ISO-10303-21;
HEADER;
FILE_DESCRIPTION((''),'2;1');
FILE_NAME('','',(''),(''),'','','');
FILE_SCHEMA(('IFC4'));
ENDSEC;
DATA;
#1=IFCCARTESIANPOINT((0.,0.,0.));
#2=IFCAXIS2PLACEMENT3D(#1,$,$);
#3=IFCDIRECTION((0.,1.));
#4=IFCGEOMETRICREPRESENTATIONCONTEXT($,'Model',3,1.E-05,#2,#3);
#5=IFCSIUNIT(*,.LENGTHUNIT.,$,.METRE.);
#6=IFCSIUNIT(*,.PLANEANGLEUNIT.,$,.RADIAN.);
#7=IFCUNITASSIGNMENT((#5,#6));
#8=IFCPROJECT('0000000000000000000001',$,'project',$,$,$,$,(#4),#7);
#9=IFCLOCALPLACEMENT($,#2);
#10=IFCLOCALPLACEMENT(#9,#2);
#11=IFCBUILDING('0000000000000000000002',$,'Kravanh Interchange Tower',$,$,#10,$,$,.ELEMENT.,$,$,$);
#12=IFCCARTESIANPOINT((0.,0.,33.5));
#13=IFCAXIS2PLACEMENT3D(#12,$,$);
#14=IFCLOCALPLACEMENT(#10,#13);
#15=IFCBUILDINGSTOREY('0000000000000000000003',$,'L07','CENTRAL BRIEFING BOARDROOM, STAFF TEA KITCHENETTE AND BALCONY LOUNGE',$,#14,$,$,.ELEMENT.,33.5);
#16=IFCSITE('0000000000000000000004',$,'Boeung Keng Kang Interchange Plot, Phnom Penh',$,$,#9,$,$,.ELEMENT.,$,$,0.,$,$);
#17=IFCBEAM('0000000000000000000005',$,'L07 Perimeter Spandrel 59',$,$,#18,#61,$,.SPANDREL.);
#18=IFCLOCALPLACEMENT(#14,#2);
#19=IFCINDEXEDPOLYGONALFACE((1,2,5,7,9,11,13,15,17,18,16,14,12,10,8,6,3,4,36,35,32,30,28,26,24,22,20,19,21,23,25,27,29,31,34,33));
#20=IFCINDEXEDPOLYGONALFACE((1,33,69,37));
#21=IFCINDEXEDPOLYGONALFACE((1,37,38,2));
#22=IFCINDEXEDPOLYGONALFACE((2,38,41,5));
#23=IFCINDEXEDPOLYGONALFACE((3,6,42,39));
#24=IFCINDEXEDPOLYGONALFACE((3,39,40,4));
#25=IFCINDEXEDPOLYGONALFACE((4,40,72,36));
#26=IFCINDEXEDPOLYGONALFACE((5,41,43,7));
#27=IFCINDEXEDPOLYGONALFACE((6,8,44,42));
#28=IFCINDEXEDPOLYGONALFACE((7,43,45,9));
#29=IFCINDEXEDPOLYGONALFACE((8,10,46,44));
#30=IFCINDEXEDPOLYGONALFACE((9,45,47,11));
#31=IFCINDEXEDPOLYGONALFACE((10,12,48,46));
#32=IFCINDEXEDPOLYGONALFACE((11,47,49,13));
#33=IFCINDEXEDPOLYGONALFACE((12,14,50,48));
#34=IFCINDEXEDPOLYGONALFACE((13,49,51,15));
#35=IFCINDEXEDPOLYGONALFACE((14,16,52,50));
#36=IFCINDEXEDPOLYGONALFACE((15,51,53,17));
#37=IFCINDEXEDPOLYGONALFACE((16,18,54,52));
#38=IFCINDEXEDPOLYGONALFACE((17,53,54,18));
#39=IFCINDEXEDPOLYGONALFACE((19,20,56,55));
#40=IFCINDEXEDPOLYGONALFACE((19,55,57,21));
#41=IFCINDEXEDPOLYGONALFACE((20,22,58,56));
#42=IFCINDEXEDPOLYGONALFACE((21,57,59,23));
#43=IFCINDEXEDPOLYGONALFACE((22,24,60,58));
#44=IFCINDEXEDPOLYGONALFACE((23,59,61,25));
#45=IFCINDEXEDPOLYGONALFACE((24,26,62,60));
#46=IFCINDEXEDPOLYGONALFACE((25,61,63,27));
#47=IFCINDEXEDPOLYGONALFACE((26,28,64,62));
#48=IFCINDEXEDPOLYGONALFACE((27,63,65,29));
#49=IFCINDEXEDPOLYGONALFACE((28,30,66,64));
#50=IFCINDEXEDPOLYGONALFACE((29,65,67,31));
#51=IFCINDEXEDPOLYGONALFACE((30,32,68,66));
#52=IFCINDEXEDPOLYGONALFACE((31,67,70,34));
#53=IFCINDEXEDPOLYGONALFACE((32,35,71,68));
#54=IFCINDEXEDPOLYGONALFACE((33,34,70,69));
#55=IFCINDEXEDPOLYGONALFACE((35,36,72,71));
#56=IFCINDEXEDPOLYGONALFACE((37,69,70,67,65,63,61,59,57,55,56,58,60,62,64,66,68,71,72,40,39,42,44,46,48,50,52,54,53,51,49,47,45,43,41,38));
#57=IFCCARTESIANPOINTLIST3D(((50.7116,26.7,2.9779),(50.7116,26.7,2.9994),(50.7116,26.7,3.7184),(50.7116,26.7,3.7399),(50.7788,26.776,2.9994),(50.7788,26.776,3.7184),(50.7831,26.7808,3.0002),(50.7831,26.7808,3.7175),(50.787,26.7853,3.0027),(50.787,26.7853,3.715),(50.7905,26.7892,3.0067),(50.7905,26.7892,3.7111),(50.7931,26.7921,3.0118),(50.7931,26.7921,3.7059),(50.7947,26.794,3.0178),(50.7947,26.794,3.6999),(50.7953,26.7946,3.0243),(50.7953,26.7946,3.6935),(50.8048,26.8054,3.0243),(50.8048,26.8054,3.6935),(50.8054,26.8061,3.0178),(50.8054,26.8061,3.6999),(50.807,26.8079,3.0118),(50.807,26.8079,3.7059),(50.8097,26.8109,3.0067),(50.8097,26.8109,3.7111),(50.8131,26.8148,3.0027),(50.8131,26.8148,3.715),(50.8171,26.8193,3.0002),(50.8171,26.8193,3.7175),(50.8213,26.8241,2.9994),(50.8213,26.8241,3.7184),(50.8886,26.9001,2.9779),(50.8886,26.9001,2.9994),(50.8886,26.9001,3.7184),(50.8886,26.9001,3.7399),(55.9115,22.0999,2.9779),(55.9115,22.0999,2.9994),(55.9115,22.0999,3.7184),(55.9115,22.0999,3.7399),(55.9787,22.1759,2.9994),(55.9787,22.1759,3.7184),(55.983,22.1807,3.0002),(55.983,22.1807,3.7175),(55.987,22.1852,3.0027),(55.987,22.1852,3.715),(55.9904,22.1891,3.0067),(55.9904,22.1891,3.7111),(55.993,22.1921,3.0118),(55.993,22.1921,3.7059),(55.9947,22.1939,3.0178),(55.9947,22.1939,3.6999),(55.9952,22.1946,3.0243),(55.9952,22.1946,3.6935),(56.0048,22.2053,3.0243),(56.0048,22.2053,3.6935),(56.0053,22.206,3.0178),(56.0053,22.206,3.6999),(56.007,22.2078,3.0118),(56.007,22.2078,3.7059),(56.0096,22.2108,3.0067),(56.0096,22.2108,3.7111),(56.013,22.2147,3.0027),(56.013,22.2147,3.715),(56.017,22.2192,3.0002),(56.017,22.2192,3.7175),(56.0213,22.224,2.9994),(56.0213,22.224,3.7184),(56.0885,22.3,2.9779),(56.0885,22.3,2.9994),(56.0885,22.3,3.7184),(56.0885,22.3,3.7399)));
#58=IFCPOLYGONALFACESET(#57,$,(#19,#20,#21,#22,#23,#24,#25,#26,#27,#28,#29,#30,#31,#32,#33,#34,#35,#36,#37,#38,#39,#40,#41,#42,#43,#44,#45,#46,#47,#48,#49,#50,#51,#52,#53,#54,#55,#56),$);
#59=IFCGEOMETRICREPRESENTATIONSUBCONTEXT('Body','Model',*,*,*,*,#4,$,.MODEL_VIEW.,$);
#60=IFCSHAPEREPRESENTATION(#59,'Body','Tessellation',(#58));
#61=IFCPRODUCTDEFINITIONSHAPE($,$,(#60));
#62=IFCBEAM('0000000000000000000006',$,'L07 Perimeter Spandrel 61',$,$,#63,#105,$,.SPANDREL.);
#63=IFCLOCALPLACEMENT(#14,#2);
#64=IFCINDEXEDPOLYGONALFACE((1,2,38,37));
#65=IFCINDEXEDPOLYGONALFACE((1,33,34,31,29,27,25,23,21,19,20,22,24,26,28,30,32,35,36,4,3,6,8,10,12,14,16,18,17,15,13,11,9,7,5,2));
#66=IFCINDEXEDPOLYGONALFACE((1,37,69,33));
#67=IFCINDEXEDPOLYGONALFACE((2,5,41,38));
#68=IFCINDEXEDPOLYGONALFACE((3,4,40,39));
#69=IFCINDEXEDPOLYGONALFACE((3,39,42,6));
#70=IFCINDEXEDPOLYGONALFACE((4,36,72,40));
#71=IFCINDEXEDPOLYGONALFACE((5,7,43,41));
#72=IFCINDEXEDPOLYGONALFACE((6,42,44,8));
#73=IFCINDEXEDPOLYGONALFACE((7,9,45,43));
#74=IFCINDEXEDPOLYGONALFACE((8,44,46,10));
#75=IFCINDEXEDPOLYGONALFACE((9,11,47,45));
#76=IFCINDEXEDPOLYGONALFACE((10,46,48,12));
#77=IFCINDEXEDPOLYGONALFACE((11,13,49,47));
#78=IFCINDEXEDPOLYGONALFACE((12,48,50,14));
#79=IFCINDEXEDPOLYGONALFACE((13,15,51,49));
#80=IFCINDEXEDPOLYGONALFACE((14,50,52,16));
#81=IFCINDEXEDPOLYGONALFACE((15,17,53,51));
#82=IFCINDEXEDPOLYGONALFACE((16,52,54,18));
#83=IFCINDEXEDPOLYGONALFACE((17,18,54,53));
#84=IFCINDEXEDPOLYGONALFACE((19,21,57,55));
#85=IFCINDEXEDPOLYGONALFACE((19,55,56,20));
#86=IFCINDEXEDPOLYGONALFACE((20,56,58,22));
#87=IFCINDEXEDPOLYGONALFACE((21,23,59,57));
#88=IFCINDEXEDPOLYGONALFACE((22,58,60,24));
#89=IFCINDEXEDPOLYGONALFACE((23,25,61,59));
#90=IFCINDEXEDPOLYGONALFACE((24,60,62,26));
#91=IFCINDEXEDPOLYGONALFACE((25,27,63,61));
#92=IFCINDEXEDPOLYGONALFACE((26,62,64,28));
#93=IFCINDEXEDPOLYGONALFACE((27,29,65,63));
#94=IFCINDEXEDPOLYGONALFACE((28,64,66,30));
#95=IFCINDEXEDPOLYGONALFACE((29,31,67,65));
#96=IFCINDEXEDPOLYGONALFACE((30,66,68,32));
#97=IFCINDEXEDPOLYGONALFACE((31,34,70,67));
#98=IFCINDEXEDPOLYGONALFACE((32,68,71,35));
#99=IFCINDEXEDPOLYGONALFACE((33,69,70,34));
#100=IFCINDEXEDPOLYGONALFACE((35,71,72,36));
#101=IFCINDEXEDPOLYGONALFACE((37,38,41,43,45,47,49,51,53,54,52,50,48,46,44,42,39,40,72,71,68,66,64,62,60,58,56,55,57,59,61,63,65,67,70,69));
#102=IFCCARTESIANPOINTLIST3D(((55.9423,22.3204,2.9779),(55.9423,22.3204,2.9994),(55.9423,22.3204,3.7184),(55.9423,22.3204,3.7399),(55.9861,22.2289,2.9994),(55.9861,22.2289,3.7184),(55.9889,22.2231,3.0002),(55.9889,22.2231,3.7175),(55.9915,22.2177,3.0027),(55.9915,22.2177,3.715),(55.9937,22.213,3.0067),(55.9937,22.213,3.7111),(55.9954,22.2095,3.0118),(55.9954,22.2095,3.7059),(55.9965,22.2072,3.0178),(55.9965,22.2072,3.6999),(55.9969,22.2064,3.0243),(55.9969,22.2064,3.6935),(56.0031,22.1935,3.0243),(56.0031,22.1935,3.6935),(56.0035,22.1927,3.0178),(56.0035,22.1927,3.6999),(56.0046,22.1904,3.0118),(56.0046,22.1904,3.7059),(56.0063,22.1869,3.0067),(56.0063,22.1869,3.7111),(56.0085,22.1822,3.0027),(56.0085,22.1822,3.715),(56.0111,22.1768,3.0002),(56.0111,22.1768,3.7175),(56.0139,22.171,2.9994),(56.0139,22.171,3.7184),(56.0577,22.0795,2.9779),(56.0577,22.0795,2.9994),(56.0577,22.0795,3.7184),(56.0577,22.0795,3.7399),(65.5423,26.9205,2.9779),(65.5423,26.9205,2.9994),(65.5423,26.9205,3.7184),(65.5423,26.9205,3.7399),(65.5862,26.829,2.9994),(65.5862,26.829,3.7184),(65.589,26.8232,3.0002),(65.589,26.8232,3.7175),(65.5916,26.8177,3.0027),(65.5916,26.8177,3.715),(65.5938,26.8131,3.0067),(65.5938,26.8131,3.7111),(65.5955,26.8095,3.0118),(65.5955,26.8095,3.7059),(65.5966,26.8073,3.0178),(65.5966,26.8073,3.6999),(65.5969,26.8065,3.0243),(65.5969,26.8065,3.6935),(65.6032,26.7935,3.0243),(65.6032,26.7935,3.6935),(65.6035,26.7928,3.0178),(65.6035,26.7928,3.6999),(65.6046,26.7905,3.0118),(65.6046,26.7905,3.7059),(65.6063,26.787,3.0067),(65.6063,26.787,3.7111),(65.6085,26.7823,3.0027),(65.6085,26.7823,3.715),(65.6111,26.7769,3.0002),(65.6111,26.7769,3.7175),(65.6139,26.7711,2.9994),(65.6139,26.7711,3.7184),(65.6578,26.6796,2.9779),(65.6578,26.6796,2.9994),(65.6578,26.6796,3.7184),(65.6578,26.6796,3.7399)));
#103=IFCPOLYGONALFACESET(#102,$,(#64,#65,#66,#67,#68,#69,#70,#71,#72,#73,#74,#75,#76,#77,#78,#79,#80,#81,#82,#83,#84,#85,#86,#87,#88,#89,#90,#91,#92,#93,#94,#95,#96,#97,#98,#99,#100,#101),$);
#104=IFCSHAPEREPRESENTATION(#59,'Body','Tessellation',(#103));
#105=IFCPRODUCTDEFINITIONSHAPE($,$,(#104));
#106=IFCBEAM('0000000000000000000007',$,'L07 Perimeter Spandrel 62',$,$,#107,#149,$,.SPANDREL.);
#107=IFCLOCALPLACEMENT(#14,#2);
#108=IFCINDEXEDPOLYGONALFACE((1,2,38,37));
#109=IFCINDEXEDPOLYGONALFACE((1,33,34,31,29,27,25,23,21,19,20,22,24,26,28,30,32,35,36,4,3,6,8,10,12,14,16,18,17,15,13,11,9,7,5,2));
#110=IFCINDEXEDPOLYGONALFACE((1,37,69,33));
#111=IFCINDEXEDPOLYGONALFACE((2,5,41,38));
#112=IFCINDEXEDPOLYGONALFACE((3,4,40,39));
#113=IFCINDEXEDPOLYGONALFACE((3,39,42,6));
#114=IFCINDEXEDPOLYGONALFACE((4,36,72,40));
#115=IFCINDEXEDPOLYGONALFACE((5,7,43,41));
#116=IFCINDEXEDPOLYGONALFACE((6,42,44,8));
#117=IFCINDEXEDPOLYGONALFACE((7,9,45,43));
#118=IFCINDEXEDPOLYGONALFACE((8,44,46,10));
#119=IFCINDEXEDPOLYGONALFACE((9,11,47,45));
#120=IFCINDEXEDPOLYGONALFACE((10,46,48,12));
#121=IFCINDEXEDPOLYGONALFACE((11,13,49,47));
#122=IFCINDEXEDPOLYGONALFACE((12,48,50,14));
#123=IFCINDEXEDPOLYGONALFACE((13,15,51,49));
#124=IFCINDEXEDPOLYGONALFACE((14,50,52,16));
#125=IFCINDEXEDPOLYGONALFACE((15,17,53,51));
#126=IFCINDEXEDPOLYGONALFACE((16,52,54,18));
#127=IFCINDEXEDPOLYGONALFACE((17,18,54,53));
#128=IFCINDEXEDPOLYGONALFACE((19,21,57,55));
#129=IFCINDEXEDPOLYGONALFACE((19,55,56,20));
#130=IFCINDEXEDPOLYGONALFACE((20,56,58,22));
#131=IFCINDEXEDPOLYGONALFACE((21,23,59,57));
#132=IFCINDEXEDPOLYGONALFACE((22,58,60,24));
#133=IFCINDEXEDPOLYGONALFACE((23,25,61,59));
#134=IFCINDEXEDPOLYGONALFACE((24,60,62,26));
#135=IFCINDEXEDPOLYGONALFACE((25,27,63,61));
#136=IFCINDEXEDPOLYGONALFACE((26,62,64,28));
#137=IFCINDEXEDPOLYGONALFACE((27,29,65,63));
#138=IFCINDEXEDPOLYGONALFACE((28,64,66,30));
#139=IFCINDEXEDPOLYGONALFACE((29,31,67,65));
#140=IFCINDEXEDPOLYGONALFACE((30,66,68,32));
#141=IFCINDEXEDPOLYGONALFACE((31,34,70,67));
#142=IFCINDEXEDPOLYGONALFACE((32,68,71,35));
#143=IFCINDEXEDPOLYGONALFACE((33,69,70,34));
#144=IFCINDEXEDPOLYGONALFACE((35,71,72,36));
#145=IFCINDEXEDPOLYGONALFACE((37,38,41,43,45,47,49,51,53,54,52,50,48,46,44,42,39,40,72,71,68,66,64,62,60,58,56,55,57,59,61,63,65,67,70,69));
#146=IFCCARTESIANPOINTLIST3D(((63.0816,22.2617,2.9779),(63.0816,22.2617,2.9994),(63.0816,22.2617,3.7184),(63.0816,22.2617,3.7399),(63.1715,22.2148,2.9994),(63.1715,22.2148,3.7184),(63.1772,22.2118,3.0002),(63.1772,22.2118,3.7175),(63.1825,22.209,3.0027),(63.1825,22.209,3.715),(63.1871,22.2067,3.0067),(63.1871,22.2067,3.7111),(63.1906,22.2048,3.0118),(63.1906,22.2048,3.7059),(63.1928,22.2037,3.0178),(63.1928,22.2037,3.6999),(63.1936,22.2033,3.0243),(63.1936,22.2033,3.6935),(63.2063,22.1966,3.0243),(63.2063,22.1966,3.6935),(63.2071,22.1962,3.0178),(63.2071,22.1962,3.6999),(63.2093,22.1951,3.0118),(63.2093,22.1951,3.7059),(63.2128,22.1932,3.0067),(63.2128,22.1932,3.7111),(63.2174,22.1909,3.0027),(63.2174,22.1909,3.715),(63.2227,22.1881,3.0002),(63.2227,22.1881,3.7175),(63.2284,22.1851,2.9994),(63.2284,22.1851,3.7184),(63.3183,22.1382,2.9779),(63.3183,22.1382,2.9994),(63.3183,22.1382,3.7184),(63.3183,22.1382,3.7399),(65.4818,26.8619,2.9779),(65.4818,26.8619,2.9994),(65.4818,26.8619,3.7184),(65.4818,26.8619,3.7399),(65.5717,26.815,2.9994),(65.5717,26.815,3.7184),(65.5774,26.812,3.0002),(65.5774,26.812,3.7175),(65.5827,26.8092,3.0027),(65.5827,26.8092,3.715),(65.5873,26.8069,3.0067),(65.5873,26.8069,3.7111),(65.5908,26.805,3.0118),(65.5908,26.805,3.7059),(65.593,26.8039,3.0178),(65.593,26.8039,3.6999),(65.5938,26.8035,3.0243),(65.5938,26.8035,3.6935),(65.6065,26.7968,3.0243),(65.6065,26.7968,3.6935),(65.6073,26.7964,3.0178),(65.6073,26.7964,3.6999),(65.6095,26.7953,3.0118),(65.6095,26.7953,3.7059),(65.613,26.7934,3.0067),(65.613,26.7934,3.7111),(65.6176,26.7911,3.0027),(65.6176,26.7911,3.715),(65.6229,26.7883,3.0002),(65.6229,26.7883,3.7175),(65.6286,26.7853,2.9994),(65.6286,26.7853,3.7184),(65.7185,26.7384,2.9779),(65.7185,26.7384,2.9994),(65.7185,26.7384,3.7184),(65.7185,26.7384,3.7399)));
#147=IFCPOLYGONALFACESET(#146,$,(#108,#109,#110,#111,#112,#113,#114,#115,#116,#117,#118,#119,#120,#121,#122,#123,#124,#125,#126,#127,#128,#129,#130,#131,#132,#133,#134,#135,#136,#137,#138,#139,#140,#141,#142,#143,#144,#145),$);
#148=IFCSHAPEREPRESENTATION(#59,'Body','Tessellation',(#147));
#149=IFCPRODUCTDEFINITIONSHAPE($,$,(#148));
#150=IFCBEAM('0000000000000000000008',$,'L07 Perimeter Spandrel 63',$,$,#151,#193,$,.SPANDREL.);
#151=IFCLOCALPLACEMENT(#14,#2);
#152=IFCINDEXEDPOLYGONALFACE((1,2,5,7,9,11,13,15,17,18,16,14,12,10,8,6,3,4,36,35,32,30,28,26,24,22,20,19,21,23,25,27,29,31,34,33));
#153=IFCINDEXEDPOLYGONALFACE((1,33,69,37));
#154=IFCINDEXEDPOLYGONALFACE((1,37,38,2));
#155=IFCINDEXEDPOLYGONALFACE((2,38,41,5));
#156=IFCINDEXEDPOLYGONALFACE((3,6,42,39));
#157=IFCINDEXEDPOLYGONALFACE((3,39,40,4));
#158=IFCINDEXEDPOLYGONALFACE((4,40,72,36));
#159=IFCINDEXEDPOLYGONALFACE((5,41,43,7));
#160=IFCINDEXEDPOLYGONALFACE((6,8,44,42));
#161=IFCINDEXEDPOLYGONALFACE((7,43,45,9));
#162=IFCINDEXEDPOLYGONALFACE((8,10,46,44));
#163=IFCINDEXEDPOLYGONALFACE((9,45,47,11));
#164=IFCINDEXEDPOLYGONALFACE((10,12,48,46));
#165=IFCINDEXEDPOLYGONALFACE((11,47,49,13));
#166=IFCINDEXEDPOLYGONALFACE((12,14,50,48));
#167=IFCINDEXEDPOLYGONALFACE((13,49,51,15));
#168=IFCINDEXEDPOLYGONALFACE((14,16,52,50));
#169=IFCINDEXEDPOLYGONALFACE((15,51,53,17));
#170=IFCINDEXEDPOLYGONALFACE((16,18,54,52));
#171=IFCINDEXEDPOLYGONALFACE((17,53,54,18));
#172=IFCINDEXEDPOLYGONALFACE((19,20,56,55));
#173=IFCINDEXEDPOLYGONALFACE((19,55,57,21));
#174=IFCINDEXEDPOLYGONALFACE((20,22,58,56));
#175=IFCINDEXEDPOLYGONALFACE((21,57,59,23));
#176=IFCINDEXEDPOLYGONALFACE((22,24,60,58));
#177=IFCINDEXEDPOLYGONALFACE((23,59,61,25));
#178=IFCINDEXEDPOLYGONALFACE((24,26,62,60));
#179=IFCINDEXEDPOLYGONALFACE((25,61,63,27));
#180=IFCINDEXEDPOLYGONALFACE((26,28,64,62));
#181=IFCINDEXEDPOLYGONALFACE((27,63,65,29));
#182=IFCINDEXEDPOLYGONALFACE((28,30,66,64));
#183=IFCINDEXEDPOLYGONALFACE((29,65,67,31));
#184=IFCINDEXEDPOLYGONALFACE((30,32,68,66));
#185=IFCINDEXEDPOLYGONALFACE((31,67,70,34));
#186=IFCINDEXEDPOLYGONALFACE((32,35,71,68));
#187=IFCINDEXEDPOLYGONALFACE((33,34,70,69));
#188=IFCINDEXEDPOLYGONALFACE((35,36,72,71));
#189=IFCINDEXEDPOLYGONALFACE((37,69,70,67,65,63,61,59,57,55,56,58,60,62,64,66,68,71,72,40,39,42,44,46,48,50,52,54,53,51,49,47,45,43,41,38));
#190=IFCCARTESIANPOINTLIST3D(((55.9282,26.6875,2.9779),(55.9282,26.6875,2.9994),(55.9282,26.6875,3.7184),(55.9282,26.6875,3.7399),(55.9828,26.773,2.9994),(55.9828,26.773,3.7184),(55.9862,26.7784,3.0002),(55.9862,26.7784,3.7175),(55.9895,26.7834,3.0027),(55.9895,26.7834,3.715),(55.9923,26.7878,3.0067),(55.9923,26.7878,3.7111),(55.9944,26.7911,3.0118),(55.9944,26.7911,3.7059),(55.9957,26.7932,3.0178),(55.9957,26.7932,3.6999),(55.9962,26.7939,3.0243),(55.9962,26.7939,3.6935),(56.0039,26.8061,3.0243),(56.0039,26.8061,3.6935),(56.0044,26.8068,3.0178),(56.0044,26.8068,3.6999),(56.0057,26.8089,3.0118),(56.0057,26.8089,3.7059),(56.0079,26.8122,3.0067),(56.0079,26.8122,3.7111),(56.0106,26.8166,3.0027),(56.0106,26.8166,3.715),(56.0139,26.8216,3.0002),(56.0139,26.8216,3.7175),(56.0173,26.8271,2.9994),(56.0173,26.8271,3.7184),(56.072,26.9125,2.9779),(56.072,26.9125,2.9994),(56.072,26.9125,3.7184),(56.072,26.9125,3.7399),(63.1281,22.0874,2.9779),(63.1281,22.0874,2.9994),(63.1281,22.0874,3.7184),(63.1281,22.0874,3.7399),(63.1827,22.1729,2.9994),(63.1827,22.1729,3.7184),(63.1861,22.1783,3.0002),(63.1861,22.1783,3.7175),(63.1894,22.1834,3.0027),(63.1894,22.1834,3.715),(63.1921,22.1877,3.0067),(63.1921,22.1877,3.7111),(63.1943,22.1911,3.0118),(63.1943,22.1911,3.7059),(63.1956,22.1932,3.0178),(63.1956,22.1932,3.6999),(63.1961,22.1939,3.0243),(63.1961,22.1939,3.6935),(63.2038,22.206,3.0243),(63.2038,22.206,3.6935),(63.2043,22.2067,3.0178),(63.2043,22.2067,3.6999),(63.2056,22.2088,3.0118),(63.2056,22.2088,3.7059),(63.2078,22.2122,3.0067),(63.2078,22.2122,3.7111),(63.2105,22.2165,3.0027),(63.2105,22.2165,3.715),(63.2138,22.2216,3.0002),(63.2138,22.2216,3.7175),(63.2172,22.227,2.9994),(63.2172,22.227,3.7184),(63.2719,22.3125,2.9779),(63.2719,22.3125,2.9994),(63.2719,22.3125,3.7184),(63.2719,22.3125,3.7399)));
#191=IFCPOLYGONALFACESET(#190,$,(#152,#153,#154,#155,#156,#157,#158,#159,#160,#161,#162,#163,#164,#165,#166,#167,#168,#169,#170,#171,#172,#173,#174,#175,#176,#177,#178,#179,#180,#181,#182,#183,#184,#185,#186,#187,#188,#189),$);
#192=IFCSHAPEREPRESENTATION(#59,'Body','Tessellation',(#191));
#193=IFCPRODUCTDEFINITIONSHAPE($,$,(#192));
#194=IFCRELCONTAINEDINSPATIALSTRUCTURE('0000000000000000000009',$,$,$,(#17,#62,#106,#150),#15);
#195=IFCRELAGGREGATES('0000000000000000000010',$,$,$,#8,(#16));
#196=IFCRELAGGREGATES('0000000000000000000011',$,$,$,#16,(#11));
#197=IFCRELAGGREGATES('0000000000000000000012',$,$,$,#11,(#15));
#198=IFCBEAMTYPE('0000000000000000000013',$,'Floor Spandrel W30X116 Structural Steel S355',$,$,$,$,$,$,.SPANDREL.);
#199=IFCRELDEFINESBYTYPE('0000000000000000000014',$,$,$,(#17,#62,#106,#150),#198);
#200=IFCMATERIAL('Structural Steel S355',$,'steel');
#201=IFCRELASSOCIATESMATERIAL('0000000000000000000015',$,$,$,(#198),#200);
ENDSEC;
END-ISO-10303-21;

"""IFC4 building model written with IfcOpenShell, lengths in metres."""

from ifc_helpers import new_model, si_unit, direction, frame, origin, origin_2d, place, context, subcontext, project, spatial, i_section, extrude, material, material_profile, profile_set, type_object, element, save


model = new_model("IFC4")

# Units and contexts
model_context = context("Model", 3, precision=1e-05, world=origin(), true_north=direction((0.0, 1.0)))
body_context = subcontext(model_context, "Body", "Model", "MODEL_VIEW")
ifc_project = project(units=[si_unit("LENGTHUNIT", "METRE"), si_unit("PLANEANGLEUNIT", "RADIAN")], contexts=[model_context])

# Site, building, storey
site_placement = place(None, origin())
site = spatial("IfcSite", under=ifc_project, at=site_placement, Name="Boeung Keng Kang Interchange Plot, Phnom Penh", CompositionType="ELEMENT", RefElevation=0.0)
building_placement = place(site_placement, origin())
building = spatial("IfcBuilding", under=site, at=building_placement, Name="Kravanh Interchange Tower", CompositionType="ELEMENT")
storey_placement = place(building_placement, frame((0.0, 0.0, 33.5)))
storey = spatial("IfcBuildingStorey", under=building, at=storey_placement, Name="L07", Description="CENTRAL BRIEFING BOARDROOM, STAFF TEA KITCHENETTE AND BALCONY LOUNGE", CompositionType="ELEMENT", Elevation=33.5)

# Beams
ifc_material_1 = material(Name="Structural Steel S355", Category="steel")
ifc_material_profile_1 = material_profile(ifc_material_1, i_section(OverallWidth=0.2671, OverallDepth=0.762, WebThickness=0.0144, FlangeThickness=0.0215, FilletRadius=0.0249, at=origin_2d()), Name="W30X116")
ifc_profile_set_1 = profile_set([ifc_material_profile_1], Name="Structural Steel S355")
beam_type_1 = type_object("IfcBeamType", Name="Floor Spandrel W30X116 Structural Steel S355", PredefinedType="SPANDREL", material=ifc_profile_set_1)
beam_1_placement = place(storey_placement, frame((56.0, 22.2, 3.3589), z_axis=(-0.748986, 0.662585, 0.0), x_axis=(-0.662585, -0.748986, 0.0)))
element("IfcBeam", 1, at=beam_1_placement, inside=storey, type_object=beam_type_1, Name="L07 Perimeter Spandrel 59", PredefinedType="SPANDREL", context=body_context, shape_type="SweptSolid", body=[
    extrude(i_section(OverallWidth=0.2671, OverallDepth=0.762, WebThickness=0.0144, FlangeThickness=0.0215, FilletRadius=0.0249, at=origin_2d()), origin(), (0.0, 0.0, 1.0), 6.9426),
])
beam_2_placement = place(storey_placement, frame((56.0, 22.2, 3.3589), z_axis=(0.901814, 0.432124, 0.0), x_axis=(-0.432124, 0.901814, 0.0)))
element("IfcBeam", 2, at=beam_2_placement, inside=storey, type_object=beam_type_1, Name="L07 Perimeter Spandrel 61", PredefinedType="SPANDREL", context=body_context, shape_type="SweptSolid", body=[
    extrude(i_section(OverallWidth=0.2671, OverallDepth=0.762, WebThickness=0.0144, FlangeThickness=0.0215, FilletRadius=0.0249, at=origin_2d()), origin(), (0.0, 0.0, 1.0), 10.6453),
])
beam_3_placement = place(storey_placement, frame((63.2, 22.2, 3.3589), z_axis=(0.46258, 0.886577, 0.0), x_axis=(-0.886577, 0.46258, 0.0)))
element("IfcBeam", 3, at=beam_3_placement, inside=storey, type_object=beam_type_1, Name="L07 Perimeter Spandrel 62", PredefinedType="SPANDREL", context=body_context, shape_type="SweptSolid", body=[
    extrude(i_section(OverallWidth=0.2671, OverallDepth=0.762, WebThickness=0.0144, FlangeThickness=0.0215, FilletRadius=0.0249, at=origin_2d()), origin(), (0.0, 0.0, 1.0), 5.1887),
])
beam_4_placement = place(storey_placement, frame((63.2, 22.2, 3.3589), z_axis=(-0.842689, 0.5384, 0.0), x_axis=(-0.5384, -0.842689, 0.0)))
element("IfcBeam", 4, at=beam_4_placement, inside=storey, type_object=beam_type_1, Name="L07 Perimeter Spandrel 63", PredefinedType="SPANDREL", context=body_context, shape_type="SweptSolid", body=[
    extrude(i_section(OverallWidth=0.2671, OverallDepth=0.762, WebThickness=0.0144, FlangeThickness=0.0215, FilletRadius=0.0249, at=origin_2d()), origin(), (0.0, 0.0, 1.0), 8.5439),
])

save(model, "model.ifc")
